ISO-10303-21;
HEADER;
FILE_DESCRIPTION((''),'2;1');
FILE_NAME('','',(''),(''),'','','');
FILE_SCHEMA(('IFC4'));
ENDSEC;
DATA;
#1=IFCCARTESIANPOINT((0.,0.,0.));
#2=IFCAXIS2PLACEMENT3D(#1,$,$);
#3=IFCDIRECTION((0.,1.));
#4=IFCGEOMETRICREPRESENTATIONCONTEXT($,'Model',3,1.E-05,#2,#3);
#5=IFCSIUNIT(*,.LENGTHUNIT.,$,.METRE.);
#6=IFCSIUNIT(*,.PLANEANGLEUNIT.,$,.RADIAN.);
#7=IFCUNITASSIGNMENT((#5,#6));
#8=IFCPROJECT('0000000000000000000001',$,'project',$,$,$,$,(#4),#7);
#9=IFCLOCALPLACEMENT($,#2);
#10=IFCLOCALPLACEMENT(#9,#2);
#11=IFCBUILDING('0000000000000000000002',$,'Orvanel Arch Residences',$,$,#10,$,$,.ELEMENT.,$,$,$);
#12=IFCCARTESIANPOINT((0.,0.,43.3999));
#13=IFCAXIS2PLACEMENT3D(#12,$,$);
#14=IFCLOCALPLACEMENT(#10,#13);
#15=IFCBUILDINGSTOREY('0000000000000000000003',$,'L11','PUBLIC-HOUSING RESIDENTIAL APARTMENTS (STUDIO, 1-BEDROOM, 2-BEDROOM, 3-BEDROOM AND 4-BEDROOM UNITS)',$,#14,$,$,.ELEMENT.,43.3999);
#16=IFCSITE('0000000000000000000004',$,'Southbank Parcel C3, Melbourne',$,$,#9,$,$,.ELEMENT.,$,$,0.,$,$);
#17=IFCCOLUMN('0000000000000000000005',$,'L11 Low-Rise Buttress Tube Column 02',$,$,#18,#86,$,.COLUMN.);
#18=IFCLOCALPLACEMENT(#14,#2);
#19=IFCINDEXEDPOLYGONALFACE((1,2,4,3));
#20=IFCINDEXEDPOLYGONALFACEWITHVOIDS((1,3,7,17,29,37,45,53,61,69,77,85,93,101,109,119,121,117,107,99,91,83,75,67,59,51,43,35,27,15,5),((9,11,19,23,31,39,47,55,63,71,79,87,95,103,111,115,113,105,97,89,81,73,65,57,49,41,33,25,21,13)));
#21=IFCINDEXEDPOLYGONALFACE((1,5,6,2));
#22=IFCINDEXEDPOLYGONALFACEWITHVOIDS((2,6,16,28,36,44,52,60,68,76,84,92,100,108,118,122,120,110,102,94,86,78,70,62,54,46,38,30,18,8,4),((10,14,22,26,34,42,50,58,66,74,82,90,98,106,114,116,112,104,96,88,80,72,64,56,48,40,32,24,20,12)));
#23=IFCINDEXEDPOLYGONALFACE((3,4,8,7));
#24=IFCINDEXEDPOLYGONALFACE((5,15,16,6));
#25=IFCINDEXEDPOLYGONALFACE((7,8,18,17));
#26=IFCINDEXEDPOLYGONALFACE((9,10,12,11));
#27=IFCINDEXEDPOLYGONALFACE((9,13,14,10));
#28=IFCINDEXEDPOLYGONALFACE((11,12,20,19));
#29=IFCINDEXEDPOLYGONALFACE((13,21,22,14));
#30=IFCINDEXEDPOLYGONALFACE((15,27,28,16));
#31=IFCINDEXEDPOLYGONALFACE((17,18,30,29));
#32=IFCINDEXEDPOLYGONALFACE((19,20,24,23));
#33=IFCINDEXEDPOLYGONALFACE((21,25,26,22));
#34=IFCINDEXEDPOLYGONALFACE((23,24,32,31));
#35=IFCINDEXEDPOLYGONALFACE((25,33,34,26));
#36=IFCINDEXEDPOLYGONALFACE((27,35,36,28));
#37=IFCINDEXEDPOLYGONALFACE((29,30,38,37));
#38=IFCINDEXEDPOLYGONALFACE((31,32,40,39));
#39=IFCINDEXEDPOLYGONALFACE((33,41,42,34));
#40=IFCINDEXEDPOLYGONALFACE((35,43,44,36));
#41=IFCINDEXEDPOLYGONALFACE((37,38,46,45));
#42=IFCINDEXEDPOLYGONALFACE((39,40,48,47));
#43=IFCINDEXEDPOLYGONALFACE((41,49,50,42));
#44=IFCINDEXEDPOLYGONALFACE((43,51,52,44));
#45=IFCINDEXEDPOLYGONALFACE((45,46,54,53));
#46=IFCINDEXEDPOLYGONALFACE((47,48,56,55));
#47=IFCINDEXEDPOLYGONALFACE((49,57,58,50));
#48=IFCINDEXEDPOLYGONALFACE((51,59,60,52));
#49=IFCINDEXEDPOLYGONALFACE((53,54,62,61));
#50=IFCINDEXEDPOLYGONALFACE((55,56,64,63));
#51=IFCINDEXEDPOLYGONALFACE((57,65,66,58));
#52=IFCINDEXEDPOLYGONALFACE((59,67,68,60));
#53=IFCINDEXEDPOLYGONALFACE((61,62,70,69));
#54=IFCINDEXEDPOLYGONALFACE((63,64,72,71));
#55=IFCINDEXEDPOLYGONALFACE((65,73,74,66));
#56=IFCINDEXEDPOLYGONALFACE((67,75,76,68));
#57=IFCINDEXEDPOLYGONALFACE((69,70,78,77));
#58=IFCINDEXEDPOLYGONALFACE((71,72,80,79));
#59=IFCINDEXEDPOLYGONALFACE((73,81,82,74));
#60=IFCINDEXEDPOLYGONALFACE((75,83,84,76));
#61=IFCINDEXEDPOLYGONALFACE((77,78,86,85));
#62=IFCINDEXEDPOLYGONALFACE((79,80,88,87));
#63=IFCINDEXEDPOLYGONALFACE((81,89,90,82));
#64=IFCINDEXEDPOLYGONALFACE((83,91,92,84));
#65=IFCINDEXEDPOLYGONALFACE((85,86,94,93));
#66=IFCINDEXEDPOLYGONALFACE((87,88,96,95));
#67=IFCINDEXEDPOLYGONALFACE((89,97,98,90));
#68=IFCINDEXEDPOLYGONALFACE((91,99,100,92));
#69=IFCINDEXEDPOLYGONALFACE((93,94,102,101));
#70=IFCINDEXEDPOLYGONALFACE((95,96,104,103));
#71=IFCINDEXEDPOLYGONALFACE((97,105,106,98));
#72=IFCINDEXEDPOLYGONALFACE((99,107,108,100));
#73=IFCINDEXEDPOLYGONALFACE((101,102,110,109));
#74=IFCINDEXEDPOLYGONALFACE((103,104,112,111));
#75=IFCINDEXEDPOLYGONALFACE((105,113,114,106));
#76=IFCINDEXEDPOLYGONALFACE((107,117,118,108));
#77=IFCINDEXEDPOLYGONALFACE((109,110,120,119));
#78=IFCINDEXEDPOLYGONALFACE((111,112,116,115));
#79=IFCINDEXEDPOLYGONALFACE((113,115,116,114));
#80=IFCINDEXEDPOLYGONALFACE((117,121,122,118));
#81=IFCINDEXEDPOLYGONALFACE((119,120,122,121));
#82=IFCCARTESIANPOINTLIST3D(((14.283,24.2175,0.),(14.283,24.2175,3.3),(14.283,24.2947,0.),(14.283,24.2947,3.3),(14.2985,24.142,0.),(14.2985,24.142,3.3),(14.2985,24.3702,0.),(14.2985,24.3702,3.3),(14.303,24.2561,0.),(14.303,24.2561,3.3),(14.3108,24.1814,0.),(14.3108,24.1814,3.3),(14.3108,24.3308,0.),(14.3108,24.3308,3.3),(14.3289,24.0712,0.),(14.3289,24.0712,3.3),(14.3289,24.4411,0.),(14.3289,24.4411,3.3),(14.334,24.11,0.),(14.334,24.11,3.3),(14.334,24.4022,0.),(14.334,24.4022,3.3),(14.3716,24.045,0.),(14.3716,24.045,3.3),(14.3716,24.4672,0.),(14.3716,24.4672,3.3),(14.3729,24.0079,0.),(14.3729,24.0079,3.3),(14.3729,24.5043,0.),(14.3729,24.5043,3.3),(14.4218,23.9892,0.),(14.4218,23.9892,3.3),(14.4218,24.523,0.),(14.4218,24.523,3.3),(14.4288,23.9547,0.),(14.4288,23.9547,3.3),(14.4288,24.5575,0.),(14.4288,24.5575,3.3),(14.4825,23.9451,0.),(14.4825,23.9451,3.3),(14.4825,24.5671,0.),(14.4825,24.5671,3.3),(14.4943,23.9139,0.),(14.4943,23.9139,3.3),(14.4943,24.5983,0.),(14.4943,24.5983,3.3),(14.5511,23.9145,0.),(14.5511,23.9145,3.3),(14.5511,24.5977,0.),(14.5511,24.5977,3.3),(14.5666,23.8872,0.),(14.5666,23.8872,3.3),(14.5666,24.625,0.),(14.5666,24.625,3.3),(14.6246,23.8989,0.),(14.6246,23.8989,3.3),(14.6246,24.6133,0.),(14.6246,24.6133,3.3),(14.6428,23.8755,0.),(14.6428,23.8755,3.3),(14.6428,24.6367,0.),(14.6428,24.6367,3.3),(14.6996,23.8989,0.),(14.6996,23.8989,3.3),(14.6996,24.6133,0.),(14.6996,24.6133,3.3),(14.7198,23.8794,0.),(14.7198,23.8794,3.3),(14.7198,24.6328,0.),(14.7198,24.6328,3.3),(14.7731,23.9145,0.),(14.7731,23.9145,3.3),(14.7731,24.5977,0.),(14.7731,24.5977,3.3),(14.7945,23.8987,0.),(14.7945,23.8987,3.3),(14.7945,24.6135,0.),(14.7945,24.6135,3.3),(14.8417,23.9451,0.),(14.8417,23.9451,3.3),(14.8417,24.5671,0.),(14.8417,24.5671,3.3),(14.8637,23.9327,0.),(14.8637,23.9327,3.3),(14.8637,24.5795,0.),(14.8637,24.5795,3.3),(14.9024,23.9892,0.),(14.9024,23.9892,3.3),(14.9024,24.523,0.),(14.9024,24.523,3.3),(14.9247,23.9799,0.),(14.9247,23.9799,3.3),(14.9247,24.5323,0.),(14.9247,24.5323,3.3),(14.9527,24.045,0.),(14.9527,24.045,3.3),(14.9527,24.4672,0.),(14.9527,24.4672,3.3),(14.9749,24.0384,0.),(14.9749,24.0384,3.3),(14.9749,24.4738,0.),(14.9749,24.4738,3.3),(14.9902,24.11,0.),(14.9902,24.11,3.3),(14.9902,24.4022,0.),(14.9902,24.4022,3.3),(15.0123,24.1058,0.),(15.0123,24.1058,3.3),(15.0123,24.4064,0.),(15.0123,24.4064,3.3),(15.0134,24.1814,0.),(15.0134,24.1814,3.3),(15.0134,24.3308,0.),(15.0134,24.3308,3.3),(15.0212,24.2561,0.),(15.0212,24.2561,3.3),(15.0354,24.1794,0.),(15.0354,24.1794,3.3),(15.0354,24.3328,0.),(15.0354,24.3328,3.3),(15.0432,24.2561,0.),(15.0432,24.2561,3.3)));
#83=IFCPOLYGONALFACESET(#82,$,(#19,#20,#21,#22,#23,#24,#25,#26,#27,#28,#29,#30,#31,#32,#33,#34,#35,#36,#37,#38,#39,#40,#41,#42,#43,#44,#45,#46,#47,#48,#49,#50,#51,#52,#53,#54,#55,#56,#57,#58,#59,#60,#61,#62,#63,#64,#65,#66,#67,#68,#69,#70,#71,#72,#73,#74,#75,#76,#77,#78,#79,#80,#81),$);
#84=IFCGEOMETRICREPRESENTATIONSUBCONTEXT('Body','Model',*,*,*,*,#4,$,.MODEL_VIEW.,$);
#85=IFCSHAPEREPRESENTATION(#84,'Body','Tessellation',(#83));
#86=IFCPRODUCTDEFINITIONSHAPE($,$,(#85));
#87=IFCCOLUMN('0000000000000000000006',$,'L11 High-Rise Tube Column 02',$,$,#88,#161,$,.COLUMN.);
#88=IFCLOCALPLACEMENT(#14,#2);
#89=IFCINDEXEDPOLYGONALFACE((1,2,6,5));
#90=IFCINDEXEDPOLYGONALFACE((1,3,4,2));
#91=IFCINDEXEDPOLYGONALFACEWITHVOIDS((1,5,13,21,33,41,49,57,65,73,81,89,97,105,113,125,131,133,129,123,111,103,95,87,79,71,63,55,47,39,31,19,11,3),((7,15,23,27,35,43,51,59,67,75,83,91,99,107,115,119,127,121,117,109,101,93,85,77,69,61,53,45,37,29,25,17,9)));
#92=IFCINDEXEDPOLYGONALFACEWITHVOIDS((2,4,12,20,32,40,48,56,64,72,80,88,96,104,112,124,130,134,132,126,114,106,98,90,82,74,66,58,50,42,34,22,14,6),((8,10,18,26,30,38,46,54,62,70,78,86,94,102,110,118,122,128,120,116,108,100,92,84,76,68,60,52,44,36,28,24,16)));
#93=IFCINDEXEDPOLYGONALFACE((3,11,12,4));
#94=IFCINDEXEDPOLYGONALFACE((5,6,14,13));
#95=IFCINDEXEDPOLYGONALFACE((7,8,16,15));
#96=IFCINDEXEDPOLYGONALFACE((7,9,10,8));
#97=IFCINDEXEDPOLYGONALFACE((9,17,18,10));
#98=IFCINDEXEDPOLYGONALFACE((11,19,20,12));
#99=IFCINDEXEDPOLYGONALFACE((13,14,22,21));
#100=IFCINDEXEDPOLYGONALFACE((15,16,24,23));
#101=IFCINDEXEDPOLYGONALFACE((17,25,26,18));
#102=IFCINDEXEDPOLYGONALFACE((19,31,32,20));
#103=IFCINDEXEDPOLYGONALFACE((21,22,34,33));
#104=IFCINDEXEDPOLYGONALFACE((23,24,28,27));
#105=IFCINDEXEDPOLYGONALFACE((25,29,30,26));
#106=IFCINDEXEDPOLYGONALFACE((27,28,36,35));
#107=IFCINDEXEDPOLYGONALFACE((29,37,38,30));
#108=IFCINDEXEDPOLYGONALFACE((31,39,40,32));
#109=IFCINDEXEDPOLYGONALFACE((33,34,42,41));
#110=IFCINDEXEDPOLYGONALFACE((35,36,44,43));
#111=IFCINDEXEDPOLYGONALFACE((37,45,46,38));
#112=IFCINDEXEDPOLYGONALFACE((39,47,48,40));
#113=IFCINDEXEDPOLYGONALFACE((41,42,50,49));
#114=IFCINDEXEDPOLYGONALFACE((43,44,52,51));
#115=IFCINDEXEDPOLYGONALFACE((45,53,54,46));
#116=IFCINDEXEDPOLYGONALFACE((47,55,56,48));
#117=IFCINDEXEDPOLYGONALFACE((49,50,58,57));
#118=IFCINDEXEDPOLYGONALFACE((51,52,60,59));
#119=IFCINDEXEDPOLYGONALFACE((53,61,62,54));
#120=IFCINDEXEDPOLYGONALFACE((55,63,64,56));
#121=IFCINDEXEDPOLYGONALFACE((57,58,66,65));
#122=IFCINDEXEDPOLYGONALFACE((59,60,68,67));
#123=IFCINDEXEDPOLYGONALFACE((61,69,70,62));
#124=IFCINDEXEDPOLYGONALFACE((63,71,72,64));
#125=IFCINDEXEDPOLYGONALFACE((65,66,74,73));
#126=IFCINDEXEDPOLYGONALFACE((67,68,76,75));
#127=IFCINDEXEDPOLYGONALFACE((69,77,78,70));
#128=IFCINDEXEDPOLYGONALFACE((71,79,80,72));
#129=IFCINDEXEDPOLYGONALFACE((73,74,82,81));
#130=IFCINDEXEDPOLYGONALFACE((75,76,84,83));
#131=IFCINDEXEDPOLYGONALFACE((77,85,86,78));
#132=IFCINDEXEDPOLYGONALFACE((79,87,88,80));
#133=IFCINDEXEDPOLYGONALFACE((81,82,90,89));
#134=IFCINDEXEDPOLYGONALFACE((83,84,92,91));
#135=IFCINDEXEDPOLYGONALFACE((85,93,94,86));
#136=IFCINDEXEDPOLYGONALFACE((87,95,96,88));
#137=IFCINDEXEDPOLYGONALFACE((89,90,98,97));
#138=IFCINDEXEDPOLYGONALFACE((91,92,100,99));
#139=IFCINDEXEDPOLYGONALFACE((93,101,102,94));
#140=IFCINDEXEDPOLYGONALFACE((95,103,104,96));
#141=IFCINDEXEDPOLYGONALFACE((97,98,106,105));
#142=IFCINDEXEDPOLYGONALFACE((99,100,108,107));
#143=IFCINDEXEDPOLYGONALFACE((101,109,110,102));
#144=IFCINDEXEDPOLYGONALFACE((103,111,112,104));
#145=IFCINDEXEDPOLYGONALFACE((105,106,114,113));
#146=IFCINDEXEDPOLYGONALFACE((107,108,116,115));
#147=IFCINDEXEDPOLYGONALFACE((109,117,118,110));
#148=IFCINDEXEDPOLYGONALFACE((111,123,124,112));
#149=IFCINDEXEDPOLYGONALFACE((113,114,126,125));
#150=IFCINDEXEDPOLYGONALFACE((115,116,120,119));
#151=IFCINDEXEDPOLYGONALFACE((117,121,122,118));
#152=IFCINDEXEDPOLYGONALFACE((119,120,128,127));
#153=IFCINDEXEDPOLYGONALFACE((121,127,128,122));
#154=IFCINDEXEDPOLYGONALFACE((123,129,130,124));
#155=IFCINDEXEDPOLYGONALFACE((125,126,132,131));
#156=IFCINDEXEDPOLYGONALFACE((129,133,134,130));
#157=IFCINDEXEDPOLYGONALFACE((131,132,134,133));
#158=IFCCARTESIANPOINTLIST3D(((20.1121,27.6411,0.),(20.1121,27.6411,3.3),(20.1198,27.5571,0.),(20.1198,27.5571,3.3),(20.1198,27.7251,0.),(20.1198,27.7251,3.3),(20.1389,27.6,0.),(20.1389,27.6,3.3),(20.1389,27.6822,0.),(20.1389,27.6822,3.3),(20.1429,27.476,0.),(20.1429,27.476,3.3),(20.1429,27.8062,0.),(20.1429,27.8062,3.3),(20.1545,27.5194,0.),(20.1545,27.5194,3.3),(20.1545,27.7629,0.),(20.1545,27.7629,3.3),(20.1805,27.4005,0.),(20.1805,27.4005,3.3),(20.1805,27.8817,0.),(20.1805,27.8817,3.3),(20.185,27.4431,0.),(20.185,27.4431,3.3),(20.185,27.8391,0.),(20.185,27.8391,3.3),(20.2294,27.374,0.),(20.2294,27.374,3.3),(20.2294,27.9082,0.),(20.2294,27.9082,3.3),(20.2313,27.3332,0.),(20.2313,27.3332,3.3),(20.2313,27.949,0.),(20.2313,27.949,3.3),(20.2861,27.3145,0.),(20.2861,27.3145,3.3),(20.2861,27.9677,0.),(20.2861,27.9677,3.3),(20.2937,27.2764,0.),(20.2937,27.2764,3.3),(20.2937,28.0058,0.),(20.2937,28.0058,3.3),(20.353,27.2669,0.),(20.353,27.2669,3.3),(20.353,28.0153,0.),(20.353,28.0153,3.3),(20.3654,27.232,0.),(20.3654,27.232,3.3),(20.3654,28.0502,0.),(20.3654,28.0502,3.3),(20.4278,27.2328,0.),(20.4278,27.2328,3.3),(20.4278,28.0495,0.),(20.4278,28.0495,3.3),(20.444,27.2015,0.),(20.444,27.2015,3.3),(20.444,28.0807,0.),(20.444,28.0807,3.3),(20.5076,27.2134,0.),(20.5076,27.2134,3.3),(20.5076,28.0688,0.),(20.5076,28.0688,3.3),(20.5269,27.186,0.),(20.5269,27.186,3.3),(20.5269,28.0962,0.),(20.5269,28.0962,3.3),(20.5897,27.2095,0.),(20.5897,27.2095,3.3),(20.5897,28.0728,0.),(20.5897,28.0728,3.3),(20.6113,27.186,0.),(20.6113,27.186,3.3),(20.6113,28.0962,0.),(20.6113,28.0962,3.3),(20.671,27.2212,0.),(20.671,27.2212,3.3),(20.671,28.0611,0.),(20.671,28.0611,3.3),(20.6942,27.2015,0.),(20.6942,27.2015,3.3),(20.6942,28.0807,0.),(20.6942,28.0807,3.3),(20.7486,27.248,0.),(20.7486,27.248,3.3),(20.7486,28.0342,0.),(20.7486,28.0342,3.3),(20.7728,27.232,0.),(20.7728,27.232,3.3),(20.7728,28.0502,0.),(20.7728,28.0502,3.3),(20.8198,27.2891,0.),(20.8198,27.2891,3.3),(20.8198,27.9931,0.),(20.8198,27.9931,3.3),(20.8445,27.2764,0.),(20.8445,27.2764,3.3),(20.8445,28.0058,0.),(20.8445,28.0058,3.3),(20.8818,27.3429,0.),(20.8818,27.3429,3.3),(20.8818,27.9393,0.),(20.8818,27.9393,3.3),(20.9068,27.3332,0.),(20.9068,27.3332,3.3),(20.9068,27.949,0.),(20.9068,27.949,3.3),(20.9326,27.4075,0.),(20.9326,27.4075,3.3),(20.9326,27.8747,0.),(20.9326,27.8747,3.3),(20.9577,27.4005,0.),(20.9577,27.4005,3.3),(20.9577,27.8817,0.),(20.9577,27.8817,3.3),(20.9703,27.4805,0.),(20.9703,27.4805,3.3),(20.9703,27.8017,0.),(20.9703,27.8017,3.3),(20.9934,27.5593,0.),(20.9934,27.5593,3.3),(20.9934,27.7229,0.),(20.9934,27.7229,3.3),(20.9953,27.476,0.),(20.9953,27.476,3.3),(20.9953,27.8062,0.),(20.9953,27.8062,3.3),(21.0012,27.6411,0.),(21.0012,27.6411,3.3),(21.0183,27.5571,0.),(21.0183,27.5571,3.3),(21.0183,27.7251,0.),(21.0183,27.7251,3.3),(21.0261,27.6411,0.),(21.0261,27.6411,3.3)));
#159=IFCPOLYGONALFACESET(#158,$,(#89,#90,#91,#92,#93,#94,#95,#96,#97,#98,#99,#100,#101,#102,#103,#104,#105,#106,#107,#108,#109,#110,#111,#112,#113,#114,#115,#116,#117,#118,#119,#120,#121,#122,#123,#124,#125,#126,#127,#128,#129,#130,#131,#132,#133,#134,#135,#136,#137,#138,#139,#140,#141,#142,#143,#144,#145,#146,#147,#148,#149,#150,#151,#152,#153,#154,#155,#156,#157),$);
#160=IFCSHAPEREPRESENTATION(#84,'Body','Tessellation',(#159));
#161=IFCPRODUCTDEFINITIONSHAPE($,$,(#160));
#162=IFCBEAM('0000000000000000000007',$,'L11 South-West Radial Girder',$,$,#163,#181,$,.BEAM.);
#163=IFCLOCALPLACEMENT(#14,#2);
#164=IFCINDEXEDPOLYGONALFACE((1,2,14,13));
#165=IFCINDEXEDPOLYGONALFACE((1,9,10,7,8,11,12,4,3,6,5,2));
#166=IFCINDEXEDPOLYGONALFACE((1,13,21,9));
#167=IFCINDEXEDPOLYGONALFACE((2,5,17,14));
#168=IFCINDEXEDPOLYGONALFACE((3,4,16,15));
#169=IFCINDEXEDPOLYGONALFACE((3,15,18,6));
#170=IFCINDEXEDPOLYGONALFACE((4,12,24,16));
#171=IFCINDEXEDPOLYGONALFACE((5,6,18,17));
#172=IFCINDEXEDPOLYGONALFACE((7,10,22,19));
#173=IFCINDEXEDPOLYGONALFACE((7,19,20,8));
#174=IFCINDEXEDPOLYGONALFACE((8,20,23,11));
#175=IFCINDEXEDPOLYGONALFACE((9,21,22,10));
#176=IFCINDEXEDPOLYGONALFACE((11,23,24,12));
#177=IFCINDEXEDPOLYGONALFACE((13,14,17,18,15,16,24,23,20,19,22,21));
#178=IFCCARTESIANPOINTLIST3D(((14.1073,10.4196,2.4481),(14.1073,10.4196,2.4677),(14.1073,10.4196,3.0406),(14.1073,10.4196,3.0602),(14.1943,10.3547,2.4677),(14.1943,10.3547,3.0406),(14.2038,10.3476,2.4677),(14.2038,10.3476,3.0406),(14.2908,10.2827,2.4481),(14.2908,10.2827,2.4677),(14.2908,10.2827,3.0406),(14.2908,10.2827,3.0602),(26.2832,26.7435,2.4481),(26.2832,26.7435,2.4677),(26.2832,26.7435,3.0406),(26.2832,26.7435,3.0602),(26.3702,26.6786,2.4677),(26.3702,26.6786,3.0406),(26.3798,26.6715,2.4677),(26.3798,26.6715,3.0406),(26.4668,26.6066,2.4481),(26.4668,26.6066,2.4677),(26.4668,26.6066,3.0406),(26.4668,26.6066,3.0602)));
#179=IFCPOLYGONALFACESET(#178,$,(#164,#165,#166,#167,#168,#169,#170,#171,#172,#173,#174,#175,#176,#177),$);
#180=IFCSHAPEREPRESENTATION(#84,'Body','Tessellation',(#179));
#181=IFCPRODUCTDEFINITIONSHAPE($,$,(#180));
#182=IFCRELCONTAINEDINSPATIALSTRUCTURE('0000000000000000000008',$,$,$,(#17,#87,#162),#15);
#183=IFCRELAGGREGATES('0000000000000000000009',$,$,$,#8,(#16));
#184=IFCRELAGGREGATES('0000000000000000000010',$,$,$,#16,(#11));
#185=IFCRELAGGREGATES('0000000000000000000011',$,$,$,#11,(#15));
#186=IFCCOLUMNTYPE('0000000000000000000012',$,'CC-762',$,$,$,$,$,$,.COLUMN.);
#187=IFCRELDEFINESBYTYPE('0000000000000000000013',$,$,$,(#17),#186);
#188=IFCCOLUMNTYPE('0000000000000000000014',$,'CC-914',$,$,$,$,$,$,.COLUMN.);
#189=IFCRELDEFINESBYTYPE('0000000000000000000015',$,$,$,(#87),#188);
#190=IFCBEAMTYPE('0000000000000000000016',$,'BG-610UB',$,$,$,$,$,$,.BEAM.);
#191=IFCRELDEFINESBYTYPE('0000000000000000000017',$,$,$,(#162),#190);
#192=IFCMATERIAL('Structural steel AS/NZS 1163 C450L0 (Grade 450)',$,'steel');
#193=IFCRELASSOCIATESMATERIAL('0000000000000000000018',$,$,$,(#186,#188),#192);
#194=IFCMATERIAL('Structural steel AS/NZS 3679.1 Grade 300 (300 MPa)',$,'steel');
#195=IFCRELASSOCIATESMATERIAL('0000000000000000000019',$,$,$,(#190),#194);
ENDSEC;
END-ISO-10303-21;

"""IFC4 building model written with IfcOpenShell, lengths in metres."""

from ifc_helpers import new_model, si_unit, direction, frame, origin, origin_2d, place, context, subcontext, project, spatial, hollow_circle, i_section, extrude, material, material_profile, profile_set, type_object, element, save


model = new_model("IFC4")

# Units and contexts
model_context = context("Model", 3, precision=1e-05, world=origin(), true_north=direction((0.0, 1.0)))
body_context = subcontext(model_context, "Body", "Model", "MODEL_VIEW")
ifc_project = project(units=[si_unit("LENGTHUNIT", "METRE"), si_unit("PLANEANGLEUNIT", "RADIAN")], contexts=[model_context])

# Site, building, storey
site_placement = place(None, origin())
site = spatial("IfcSite", under=ifc_project, at=site_placement, Name="Southbank Parcel C3, Melbourne", CompositionType="ELEMENT", RefElevation=0.0)
building_placement = place(site_placement, origin())
building = spatial("IfcBuilding", under=site, at=building_placement, Name="Orvanel Arch Residences", CompositionType="ELEMENT")
storey_placement = place(building_placement, frame((0.0, 0.0, 43.3999)))
storey = spatial("IfcBuildingStorey", under=building, at=storey_placement, Name="L11", Description="PUBLIC-HOUSING RESIDENTIAL APARTMENTS (STUDIO, 1-BEDROOM, 2-BEDROOM, 3-BEDROOM AND 4-BEDROOM UNITS)", CompositionType="ELEMENT", Elevation=43.3999)

# Columns
ifc_material_1 = material(Name="Structural steel AS/NZS 1163 C450L0 (Grade 450)", Category="steel")
ifc_material_profile_1 = material_profile(ifc_material_1, hollow_circle(Radius=0.3811, WallThickness=0.022, at=origin_2d()), Name="CHS762x22")
ifc_profile_set_1 = profile_set([ifc_material_profile_1], Name="Structural steel AS/NZS 1163 C450L0 (Grade 450)")
column_type_1 = type_object("IfcColumnType", Name="CC-762", PredefinedType="COLUMN", material=ifc_profile_set_1)
column_1_placement = place(storey_placement, frame((14.6621, 24.2561, 0.0), z_axis=(0.0, 0.0, 1.0), x_axis=(1.0, 0.0, 0.0)))
element("IfcColumn", 1, at=column_1_placement, inside=storey, type_object=column_type_1, Name="L11 Low-Rise Buttress Tube Column 02", PredefinedType="COLUMN", context=body_context, shape_type="SweptSolid", body=[
    extrude(hollow_circle(Radius=0.3811, WallThickness=0.022, at=origin_2d()), origin(), (0.0, 0.0, 1.0), 3.3),
])
ifc_material_profile_2 = material_profile(ifc_material_1, hollow_circle(Radius=0.457, WallThickness=0.0249, at=origin_2d()), Name="CHS914x25")
ifc_profile_set_2 = profile_set([ifc_material_profile_2], Name="Structural steel AS/NZS 1163 C450L0 (Grade 450)")
column_type_2 = type_object("IfcColumnType", Name="CC-914", PredefinedType="COLUMN", material=ifc_profile_set_2)
column_2_placement = place(storey_placement, frame((20.5691, 27.6411, 0.0), z_axis=(0.0, 0.0, 1.0), x_axis=(1.0, 0.0, 0.0)))
element("IfcColumn", 2, at=column_2_placement, inside=storey, type_object=column_type_2, Name="L11 High-Rise Tube Column 02", PredefinedType="COLUMN", context=body_context, shape_type="SweptSolid", body=[
    extrude(hollow_circle(Radius=0.457, WallThickness=0.0249, at=origin_2d()), origin(), (0.0, 0.0, 1.0), 3.3),
])

# Beam
ifc_material_2 = material(Name="Structural steel AS/NZS 3679.1 Grade 300 (300 MPa)", Category="steel")
ifc_material_profile_3 = material_profile(ifc_material_2, i_section(OverallWidth=0.229, OverallDepth=0.6121, WebThickness=0.012, FlangeThickness=0.0195, at=origin_2d()), Name="610UB125")
ifc_profile_set_3 = profile_set([ifc_material_profile_3], Name="Structural steel AS/NZS 3679.1 Grade 300 (300 MPa)")
beam_type_1 = type_object("IfcBeamType", Name="BG-610UB", PredefinedType="BEAM", material=ifc_profile_set_3)
beam_1_placement = place(storey_placement, frame((26.375, 26.675, 2.7542), z_axis=(-0.597894, -0.801575, 0.0), x_axis=(0.801575, -0.597894, 0.0)))
element("IfcBeam", 3, at=beam_1_placement, inside=storey, type_object=beam_type_1, Name="L11 South-West Radial Girder", PredefinedType="BEAM", context=body_context, shape_type="SweptSolid", body=[
    extrude(i_section(OverallWidth=0.229, OverallDepth=0.6121, WebThickness=0.012, FlangeThickness=0.0195, at=origin_2d()), origin(), (0.0, 0.0, 1.0), 20.3647),
])

save(model, "model.ifc")
